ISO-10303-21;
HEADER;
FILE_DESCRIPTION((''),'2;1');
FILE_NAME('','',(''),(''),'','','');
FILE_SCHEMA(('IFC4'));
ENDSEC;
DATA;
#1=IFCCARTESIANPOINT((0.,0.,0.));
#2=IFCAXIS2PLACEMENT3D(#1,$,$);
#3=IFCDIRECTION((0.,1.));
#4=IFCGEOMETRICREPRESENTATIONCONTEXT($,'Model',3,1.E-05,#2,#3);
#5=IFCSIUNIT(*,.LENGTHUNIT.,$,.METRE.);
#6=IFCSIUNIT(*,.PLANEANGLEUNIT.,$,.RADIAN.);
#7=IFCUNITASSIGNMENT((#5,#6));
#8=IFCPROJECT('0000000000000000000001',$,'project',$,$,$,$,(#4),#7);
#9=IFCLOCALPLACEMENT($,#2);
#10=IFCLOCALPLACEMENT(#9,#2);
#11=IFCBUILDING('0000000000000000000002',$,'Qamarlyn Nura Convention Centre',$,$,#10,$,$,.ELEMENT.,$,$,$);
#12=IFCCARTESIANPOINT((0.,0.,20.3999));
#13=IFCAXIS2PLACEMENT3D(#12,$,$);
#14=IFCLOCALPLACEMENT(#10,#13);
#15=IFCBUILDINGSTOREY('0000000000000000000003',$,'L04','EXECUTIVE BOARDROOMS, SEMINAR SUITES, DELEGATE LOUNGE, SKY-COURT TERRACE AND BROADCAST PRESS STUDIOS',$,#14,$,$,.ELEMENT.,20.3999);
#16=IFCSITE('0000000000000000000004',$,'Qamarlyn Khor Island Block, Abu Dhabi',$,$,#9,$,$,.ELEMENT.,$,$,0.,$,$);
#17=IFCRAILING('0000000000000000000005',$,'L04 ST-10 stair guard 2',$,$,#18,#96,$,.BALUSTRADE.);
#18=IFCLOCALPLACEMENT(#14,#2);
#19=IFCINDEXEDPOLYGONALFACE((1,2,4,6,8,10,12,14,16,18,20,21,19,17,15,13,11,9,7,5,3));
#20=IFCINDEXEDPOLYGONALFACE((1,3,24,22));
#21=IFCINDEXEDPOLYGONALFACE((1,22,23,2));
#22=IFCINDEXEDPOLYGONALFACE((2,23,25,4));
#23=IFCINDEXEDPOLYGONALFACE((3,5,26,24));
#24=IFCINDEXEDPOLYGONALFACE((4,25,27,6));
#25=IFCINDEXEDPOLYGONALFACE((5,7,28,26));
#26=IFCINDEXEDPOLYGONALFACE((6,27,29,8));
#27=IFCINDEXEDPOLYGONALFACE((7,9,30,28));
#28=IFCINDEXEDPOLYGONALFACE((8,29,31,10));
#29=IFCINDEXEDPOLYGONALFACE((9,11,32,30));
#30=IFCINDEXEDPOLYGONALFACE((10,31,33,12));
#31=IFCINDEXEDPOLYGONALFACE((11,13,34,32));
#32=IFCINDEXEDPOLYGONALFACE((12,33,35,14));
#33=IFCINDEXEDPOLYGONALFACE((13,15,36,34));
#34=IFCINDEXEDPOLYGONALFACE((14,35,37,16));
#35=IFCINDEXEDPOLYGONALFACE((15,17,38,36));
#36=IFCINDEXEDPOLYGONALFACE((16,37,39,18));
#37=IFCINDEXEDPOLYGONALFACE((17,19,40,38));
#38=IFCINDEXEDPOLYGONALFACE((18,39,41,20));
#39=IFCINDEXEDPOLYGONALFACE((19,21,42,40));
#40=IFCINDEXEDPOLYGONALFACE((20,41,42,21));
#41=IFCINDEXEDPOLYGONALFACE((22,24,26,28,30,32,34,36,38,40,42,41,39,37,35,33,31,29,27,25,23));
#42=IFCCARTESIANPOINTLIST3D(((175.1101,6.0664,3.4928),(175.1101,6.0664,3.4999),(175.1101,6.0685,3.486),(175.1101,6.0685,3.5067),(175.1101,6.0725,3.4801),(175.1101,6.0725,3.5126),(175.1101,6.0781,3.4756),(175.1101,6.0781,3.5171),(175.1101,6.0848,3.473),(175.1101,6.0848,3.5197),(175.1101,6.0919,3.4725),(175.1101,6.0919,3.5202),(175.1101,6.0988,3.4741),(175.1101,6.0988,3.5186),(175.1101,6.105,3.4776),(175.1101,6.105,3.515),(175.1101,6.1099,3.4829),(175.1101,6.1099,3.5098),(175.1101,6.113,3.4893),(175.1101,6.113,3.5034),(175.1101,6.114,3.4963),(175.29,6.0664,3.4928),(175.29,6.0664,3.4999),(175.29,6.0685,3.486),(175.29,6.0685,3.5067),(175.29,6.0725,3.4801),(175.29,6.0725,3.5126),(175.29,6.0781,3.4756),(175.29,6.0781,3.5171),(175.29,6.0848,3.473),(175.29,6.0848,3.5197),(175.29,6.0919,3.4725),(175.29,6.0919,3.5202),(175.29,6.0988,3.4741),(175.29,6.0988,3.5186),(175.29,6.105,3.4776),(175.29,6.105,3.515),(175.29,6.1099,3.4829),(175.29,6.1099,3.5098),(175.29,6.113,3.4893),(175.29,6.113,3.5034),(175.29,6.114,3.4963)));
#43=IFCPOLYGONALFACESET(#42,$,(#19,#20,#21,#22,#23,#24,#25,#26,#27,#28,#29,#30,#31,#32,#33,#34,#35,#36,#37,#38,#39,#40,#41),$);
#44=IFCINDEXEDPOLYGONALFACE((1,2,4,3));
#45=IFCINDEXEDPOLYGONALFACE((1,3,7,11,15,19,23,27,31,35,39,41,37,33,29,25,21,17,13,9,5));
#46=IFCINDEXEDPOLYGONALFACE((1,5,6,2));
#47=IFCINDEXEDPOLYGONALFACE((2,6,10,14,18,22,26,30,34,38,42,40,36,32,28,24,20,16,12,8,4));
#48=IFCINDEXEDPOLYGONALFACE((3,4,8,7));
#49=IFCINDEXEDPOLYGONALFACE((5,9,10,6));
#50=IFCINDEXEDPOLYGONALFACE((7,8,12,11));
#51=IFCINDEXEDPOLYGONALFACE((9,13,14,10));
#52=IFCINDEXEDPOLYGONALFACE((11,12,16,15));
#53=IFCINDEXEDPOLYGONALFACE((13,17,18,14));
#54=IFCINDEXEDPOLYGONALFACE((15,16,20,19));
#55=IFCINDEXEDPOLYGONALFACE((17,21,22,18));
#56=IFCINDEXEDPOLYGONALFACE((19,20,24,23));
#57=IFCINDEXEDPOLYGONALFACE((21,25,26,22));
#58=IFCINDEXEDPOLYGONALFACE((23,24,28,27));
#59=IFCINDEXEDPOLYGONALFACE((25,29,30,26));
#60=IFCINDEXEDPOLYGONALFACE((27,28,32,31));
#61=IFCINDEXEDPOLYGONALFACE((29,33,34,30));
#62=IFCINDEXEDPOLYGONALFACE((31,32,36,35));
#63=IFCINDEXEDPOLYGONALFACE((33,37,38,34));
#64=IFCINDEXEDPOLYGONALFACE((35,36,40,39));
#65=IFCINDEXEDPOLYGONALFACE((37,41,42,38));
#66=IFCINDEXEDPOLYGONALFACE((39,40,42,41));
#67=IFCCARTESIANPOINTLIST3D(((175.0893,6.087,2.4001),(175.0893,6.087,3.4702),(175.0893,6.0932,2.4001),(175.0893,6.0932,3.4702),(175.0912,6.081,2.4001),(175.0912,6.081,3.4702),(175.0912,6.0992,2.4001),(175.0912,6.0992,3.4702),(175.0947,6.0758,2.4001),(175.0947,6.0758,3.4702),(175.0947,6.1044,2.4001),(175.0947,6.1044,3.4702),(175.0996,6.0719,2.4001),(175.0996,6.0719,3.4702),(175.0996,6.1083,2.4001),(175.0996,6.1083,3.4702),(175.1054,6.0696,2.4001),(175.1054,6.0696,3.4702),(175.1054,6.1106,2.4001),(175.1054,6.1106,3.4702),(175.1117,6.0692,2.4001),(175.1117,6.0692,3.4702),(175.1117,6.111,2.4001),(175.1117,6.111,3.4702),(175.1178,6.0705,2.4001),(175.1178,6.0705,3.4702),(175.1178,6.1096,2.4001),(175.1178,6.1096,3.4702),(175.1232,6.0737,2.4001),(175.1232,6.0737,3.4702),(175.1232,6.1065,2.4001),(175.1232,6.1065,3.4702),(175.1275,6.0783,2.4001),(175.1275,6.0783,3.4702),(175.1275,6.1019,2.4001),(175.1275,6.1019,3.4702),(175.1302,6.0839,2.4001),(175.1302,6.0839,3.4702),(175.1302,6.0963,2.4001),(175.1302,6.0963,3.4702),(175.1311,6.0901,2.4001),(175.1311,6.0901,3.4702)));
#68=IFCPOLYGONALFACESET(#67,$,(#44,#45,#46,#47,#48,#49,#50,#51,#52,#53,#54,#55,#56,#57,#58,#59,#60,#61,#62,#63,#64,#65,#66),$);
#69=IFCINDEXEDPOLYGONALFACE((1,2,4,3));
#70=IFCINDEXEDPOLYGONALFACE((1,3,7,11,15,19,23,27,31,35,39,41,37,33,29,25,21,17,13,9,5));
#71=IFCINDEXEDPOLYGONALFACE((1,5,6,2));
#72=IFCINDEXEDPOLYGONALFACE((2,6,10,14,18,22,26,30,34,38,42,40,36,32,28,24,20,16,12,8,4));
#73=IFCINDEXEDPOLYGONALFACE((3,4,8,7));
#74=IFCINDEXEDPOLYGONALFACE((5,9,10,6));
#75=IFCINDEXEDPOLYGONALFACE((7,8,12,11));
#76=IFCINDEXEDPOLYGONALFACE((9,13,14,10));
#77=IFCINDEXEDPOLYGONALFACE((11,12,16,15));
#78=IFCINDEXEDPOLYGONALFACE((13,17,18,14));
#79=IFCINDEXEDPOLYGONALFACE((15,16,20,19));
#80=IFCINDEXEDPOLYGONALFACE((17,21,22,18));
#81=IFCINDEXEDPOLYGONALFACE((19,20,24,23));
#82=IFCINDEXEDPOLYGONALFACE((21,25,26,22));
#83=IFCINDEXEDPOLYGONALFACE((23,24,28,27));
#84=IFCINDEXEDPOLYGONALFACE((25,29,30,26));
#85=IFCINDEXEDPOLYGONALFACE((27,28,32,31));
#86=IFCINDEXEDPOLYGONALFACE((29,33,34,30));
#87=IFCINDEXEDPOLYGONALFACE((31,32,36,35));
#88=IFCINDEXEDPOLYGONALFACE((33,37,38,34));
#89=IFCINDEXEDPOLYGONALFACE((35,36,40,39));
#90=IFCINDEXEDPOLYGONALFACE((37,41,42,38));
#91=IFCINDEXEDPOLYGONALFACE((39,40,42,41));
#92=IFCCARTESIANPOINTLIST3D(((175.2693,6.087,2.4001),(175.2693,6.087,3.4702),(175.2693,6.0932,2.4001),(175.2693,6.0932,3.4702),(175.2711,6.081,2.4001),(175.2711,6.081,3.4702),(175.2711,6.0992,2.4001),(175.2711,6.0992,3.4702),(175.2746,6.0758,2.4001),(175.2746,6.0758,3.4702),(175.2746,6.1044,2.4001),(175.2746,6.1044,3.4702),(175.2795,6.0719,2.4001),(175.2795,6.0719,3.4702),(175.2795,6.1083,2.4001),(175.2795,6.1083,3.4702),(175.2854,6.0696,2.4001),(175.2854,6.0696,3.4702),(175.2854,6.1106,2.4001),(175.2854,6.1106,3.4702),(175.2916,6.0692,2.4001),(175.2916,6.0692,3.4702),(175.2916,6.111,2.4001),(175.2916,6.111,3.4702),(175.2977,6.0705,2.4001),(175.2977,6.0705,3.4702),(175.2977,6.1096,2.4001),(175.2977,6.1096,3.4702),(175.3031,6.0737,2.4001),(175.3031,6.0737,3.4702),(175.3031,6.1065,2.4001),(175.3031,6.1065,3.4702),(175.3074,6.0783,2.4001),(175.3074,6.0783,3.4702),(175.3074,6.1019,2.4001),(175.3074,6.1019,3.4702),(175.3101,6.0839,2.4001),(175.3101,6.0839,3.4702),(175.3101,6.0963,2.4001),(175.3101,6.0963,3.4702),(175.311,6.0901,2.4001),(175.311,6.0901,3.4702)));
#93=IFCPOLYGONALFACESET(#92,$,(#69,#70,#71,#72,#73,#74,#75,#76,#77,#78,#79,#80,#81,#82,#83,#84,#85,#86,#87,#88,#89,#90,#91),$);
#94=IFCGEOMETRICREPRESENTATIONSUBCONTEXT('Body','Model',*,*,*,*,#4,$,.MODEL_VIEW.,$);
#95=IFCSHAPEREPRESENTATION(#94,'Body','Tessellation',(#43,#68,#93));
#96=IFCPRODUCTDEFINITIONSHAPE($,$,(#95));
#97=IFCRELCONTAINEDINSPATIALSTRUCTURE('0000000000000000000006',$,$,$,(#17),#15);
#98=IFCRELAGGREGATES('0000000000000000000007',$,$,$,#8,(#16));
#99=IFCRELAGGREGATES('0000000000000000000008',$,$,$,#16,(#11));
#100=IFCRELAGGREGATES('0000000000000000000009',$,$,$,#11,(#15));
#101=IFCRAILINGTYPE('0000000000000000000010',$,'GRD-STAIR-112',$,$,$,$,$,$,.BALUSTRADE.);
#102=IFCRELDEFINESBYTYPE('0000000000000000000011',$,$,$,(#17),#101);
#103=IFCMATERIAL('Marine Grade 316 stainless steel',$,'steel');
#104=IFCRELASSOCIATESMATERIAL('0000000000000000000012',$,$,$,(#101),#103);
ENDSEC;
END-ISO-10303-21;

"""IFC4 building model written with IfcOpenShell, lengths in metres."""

from ifc_helpers import new_model, si_unit, direction, frame, origin, origin_2d, place, context, subcontext, project, spatial, circle, extrude, material, type_object, element, save


model = new_model("IFC4")

# Units and contexts
model_context = context("Model", 3, precision=1e-05, world=origin(), true_north=direction((0.0, 1.0)))
body_context = subcontext(model_context, "Body", "Model", "MODEL_VIEW")
ifc_project = project(units=[si_unit("LENGTHUNIT", "METRE"), si_unit("PLANEANGLEUNIT", "RADIAN")], contexts=[model_context])

# Site, building, storey
site_placement = place(None, origin())
site = spatial("IfcSite", under=ifc_project, at=site_placement, Name="Qamarlyn Khor Island Block, Abu Dhabi", CompositionType="ELEMENT", RefElevation=0.0)
building_placement = place(site_placement, origin())
building = spatial("IfcBuilding", under=site, at=building_placement, Name="Qamarlyn Nura Convention Centre", CompositionType="ELEMENT")
storey_placement = place(building_placement, frame((0.0, 0.0, 20.3999)))
storey = spatial("IfcBuildingStorey", under=building, at=storey_placement, Name="L04", Description="EXECUTIVE BOARDROOMS, SEMINAR SUITES, DELEGATE LOUNGE, SKY-COURT TERRACE AND BROADCAST PRESS STUDIOS", CompositionType="ELEMENT", Elevation=20.3999)

# Railing
ifc_material_1 = material(Name="Marine Grade 316 stainless steel", Category="steel")
railing_type_1 = type_object("IfcRailingType", Name="GRD-STAIR-112", PredefinedType="BALUSTRADE", material=ifc_material_1)
railing_1_placement = place(storey_placement, frame((175.1101, 6.0901, 2.4001)))
element("IfcRailing", 1, at=railing_1_placement, inside=storey, type_object=railing_type_1, Name="L04 ST-10 stair guard 2", PredefinedType="BALUSTRADE", context=body_context, shape_type="SweptSolid", body=[
    extrude(circle(Radius=0.0239, at=origin_2d()), frame((0.0, 0.0, 1.0962), z_axis=(1.0, 0.0, 0.0), x_axis=(0.0, 1.0, 0.0)), (0.0, 0.0, 1.0), 0.1799),
    extrude(circle(Radius=0.021, at=origin_2d()), origin(), (0.0, 0.0, 1.0), 1.0701),
    extrude(circle(Radius=0.021, at=origin_2d()), frame((0.1799, 0.0, 0.0)), (0.0, 0.0, 1.0), 1.0701),
])

save(model, "model.ifc")
